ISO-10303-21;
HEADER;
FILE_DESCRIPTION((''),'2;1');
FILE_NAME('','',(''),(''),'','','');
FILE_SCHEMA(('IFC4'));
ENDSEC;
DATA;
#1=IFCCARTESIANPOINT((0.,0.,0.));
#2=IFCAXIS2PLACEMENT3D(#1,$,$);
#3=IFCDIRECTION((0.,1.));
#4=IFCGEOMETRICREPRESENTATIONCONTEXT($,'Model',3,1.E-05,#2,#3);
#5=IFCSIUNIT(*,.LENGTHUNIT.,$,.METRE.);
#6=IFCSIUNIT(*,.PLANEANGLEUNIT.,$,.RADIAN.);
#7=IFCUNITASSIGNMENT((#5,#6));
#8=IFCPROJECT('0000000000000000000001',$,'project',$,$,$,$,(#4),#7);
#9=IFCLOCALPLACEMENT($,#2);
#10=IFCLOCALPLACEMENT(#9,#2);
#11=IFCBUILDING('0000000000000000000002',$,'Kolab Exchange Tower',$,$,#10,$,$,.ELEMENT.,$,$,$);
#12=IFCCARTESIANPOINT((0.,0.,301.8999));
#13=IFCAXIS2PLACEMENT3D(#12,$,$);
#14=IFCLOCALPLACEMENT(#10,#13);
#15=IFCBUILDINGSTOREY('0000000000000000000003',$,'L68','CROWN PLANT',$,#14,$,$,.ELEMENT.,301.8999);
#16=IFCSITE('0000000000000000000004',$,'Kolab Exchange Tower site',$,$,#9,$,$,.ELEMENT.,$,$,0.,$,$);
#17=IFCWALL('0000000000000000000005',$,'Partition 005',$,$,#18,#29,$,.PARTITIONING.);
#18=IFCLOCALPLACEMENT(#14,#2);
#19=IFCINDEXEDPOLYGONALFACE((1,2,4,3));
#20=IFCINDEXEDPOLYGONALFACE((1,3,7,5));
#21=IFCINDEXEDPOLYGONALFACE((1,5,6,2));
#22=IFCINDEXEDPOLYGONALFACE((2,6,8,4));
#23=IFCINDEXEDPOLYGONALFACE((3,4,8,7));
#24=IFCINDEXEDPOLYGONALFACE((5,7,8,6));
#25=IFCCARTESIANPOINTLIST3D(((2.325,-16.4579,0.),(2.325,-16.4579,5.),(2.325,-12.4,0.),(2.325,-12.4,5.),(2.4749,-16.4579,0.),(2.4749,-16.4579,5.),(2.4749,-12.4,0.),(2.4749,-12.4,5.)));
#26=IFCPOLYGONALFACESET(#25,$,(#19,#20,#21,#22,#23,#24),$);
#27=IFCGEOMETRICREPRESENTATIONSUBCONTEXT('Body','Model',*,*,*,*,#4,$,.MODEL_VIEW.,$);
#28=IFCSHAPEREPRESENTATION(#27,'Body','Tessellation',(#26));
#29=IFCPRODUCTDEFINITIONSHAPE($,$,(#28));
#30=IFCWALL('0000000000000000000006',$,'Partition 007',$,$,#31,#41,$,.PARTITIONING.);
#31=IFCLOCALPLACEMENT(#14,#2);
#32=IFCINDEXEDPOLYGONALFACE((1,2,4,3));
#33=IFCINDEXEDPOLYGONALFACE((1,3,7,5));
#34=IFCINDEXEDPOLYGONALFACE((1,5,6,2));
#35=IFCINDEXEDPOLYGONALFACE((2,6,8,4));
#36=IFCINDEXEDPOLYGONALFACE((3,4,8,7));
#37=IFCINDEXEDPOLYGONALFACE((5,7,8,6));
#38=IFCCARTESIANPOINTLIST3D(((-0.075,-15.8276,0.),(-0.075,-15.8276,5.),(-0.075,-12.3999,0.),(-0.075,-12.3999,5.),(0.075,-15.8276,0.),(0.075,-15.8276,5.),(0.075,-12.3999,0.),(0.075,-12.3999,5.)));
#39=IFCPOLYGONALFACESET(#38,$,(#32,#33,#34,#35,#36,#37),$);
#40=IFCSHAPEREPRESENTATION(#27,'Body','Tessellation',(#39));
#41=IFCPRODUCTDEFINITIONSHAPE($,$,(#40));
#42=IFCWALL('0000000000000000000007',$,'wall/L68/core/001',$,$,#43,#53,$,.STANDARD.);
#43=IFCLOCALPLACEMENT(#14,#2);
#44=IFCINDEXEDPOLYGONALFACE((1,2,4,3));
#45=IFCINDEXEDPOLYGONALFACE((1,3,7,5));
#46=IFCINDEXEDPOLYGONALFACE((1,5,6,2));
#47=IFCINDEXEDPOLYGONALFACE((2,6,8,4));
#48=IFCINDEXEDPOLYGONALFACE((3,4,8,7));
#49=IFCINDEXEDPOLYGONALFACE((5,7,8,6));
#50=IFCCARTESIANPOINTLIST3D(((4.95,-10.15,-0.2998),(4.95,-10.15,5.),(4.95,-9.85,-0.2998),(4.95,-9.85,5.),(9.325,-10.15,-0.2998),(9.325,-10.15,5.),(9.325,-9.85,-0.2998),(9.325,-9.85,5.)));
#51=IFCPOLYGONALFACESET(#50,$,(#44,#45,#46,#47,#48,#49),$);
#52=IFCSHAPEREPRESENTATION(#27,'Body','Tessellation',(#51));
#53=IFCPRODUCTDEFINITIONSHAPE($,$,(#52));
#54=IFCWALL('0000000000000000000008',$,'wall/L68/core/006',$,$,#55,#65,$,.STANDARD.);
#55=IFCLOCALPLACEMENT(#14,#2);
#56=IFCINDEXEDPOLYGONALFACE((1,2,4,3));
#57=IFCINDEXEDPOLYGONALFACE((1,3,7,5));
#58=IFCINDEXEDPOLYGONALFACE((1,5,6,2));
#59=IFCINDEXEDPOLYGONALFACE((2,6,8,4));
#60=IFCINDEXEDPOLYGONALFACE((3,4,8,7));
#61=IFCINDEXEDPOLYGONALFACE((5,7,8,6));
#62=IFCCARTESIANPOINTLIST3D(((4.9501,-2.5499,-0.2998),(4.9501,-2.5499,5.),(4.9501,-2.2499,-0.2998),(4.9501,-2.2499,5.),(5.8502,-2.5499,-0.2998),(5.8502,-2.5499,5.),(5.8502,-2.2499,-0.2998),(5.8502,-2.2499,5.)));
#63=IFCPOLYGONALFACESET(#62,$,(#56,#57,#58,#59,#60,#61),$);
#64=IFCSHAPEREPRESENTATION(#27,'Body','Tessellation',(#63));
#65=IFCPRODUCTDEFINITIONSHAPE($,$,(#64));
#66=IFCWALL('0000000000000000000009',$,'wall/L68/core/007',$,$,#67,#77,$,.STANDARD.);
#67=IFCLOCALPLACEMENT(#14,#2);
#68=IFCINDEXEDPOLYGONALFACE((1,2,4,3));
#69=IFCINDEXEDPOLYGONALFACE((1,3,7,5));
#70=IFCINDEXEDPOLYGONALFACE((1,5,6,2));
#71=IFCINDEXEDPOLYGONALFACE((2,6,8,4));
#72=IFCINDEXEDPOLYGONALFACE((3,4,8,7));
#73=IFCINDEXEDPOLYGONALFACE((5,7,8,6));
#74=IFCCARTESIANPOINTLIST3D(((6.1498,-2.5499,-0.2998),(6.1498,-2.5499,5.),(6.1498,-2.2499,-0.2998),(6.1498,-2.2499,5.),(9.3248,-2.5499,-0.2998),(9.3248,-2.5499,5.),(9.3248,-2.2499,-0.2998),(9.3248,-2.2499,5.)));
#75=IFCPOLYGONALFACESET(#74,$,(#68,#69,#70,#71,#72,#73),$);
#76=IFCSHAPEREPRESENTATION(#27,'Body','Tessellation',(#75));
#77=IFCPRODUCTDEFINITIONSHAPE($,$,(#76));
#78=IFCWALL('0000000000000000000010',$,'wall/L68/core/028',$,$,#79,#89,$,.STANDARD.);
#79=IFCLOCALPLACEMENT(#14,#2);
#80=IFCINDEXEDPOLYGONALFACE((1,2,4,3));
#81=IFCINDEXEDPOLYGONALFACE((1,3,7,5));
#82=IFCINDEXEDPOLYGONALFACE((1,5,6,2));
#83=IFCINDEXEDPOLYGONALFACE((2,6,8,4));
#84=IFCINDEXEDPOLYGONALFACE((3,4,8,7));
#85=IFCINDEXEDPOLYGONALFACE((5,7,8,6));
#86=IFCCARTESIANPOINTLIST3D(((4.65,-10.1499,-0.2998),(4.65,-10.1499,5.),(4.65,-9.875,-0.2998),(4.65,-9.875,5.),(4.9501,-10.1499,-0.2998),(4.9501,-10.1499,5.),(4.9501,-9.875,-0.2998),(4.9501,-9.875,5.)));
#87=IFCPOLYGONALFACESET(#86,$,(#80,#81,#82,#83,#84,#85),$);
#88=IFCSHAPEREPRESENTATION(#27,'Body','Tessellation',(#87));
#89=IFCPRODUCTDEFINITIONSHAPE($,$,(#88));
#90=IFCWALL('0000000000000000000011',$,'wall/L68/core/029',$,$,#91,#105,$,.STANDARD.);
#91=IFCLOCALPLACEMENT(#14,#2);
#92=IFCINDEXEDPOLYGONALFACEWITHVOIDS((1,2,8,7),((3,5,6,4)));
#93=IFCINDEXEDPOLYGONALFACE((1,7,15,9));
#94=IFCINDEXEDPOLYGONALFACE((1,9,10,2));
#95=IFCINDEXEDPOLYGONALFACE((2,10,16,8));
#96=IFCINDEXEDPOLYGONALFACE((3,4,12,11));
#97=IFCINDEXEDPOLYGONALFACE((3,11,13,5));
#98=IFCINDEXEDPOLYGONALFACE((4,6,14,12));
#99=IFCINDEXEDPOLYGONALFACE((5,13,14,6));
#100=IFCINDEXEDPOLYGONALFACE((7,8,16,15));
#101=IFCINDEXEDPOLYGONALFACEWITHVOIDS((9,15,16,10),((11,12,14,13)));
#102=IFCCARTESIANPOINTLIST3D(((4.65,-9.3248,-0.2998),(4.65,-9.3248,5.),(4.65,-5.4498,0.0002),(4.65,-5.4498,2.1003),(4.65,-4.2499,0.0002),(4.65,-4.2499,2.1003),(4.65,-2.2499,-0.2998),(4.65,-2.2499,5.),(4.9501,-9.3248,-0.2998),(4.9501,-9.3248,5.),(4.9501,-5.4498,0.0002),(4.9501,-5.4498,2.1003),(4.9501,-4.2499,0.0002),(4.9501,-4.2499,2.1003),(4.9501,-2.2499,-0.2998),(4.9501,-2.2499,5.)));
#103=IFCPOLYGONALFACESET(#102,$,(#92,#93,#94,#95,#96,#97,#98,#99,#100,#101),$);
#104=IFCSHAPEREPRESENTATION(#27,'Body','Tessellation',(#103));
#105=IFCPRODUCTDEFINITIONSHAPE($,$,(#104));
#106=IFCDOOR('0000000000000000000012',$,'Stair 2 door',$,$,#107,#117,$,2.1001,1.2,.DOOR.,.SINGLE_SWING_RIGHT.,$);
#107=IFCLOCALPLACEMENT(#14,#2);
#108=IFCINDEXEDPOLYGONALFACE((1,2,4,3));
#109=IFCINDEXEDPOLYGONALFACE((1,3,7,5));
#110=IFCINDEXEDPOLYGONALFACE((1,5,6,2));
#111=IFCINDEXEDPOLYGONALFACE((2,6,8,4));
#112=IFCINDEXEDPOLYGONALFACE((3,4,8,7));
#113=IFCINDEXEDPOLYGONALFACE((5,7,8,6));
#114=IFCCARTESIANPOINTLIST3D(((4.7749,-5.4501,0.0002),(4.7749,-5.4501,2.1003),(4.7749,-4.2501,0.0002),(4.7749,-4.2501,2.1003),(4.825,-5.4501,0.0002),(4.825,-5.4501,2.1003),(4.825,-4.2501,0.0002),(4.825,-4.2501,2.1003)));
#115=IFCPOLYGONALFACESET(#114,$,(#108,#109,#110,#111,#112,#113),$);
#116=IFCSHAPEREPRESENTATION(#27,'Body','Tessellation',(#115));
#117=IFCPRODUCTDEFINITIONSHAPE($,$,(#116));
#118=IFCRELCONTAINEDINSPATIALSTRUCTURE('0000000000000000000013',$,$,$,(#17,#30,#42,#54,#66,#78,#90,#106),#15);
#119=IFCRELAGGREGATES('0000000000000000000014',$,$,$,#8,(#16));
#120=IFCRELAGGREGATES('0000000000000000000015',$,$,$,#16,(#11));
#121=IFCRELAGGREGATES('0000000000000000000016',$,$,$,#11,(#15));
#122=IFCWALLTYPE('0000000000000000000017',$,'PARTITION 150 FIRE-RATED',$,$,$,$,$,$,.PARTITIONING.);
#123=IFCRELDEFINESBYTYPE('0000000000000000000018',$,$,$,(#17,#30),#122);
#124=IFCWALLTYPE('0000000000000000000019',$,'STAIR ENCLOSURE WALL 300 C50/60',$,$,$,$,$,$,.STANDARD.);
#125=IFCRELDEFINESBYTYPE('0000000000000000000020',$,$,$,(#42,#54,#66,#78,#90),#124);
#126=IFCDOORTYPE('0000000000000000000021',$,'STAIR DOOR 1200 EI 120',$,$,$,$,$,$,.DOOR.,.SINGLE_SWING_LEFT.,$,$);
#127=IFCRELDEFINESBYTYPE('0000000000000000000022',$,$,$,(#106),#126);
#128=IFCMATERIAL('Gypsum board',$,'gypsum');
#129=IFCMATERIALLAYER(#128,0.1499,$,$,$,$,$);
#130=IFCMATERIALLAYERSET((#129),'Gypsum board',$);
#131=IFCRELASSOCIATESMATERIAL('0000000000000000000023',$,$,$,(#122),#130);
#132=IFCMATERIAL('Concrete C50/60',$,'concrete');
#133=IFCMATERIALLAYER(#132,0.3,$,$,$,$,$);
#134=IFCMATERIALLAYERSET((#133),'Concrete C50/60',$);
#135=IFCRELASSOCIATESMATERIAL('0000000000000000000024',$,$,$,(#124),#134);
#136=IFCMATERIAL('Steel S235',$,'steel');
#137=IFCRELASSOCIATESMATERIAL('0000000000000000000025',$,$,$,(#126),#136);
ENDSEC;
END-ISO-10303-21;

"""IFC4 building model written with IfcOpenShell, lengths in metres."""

from ifc_helpers import new_model, si_unit, direction, frame, frame_2d, origin, place, context, subcontext, project, spatial, rectangle, extrude, material, layer, layer_set, type_object, element, fill, save


model = new_model("IFC4")

# Units and contexts
model_context = context("Model", 3, precision=1e-05, world=origin(), true_north=direction((0.0, 1.0)))
body_context = subcontext(model_context, "Body", "Model", "MODEL_VIEW")
ifc_project = project(units=[si_unit("LENGTHUNIT", "METRE"), si_unit("PLANEANGLEUNIT", "RADIAN")], contexts=[model_context])

# Site, building, storey
site_placement = place(None, origin())
site = spatial("IfcSite", under=ifc_project, at=site_placement, Name="Kolab Exchange Tower site", CompositionType="ELEMENT", RefElevation=0.0)
building_placement = place(site_placement, origin())
building = spatial("IfcBuilding", under=site, at=building_placement, Name="Kolab Exchange Tower", CompositionType="ELEMENT")
storey_placement = place(building_placement, frame((0.0, 0.0, 301.8999)))
storey = spatial("IfcBuildingStorey", under=building, at=storey_placement, Name="L68", Description="CROWN PLANT", CompositionType="ELEMENT", Elevation=301.8999)

# Shared definitions
ifc_material_1 = material(Name="Concrete C50/60", Category="concrete")

# Walls
ifc_material_2 = material(Name="Gypsum board", Category="gypsum")
ifc_layer_1 = layer(ifc_material_2, 0.1499)
ifc_layer_set_1 = layer_set([ifc_layer_1], Name="Gypsum board")
wall_type_1 = type_object("IfcWallType", Name="PARTITION 150 FIRE-RATED", PredefinedType="PARTITIONING", material=ifc_layer_set_1)
wall_1_placement = place(storey_placement, frame((2.3999, -16.4578, 0.0), z_axis=(0.0, 0.0, 1.0), x_axis=(0.0, 1.0, 0.0)))
element("IfcWall", 1, at=wall_1_placement, inside=storey, type_object=wall_type_1, Name="Partition 005", PredefinedType="PARTITIONING", context=body_context, shape_type="SweptSolid", body=[
    extrude(rectangle(XDim=4.0579, YDim=0.1499, at=frame_2d((2.0288, 0.0))), origin(), (0.0, 0.0, 1.0), 5.0),
])
wall_2_placement = place(storey_placement, frame((0.0, -15.8276, 0.0), z_axis=(0.0, 0.0, 1.0), x_axis=(0.0, 1.0, 0.0)))
element("IfcWall", 2, at=wall_2_placement, inside=storey, type_object=wall_type_1, Name="Partition 007", PredefinedType="PARTITIONING", context=body_context, shape_type="SweptSolid", body=[
    extrude(rectangle(XDim=3.4277, YDim=0.1499, at=frame_2d((1.7139, 0.0))), origin(), (0.0, 0.0, 1.0), 5.0),
])
ifc_layer_2 = layer(ifc_material_1, 0.3)
ifc_layer_set_2 = layer_set([ifc_layer_2], Name="Concrete C50/60")
wall_type_2 = type_object("IfcWallType", Name="STAIR ENCLOSURE WALL 300 C50/60", PredefinedType="STANDARD", material=ifc_layer_set_2)
wall_3_placement = place(storey_placement, frame((4.95, -10.0, -0.2998), z_axis=(0.0, 0.0, 1.0), x_axis=(1.0, 0.0, 0.0)))
element("IfcWall", 3, at=wall_3_placement, inside=storey, type_object=wall_type_2, Name="wall/L68/core/001", PredefinedType="STANDARD", context=body_context, shape_type="SweptSolid", body=[
    extrude(rectangle(XDim=4.375, YDim=0.3, at=frame_2d((2.1875, 0.0))), origin(), (0.0, 0.0, 1.0), 5.2998),
])
wall_4_placement = place(storey_placement, frame((4.95, -2.3999, -0.2998), z_axis=(0.0, 0.0, 1.0), x_axis=(1.0, 0.0, 0.0)))
element("IfcWall", 4, at=wall_4_placement, inside=storey, type_object=wall_type_2, Name="wall/L68/core/006", PredefinedType="STANDARD", context=body_context, shape_type="SweptSolid", body=[
    extrude(rectangle(XDim=0.9001, YDim=0.3, at=frame_2d((0.4502, 0.0))), origin(), (0.0, 0.0, 1.0), 5.2998),
])
wall_5_placement = place(storey_placement, frame((6.1499, -2.3999, -0.2998), z_axis=(0.0, 0.0, 1.0), x_axis=(1.0, 0.0, 0.0)))
element("IfcWall", 5, at=wall_5_placement, inside=storey, type_object=wall_type_2, Name="wall/L68/core/007", PredefinedType="STANDARD", context=body_context, shape_type="SweptSolid", body=[
    extrude(rectangle(XDim=3.175, YDim=0.3, at=frame_2d((1.5874, 0.0))), origin(), (0.0, 0.0, 1.0), 5.2998),
])
wall_6_placement = place(storey_placement, frame((4.8, -10.1499, -0.2998), z_axis=(0.0, 0.0, 1.0), x_axis=(0.0, 1.0, 0.0)))
element("IfcWall", 6, at=wall_6_placement, inside=storey, type_object=wall_type_2, Name="wall/L68/core/028", PredefinedType="STANDARD", context=body_context, shape_type="SweptSolid", body=[
    extrude(rectangle(XDim=0.2749, YDim=0.3, at=frame_2d((0.1375, 0.0))), origin(), (0.0, 0.0, 1.0), 5.2998),
])

# Wall, opening, door
wall_7_placement = place(storey_placement, frame((4.8, -9.325, -0.2998), z_axis=(0.0, 0.0, 1.0), x_axis=(0.0, 1.0, 0.0)))
wall_7 = element("IfcWall", 7, at=wall_7_placement, inside=storey, type_object=wall_type_2, Name="wall/L68/core/029", PredefinedType="STANDARD", context=body_context, shape_type="SweptSolid", body=[
    extrude(rectangle(XDim=7.075, YDim=0.3, at=frame_2d((3.5376, 0.0))), origin(), (0.0, 0.0, 1.0), 5.2998),
])
opening_1_placement = place(wall_7_placement, frame((3.875, 0.0, 0.3)))
opening_1 = element("IfcOpeningElement", 8, at=opening_1_placement, cuts=wall_7, PredefinedType="OPENING", context=body_context, shape_type="SweptSolid", body=[
    extrude(rectangle(XDim=1.2, YDim=2.1001, at=frame_2d((0.6001, 1.05))), frame((0.0, 0.1602, 0.0), z_axis=(0.0, -1.0, 0.0), x_axis=(1.0, 0.0, 0.0)), (0.0, 0.0, 1.0), 0.3201),
])
ifc_material_3 = material(Name="Steel S235", Category="steel")
door_type_1 = type_object("IfcDoorType", Name="STAIR DOOR 1200 EI 120", OperationType="SINGLE_SWING_LEFT", PredefinedType="DOOR", material=ifc_material_3)
door_1_placement = place(opening_1_placement, frame((1.2, 0.0, 0.0), z_axis=(0.0, 0.0, 1.0), x_axis=(-1.0, 0.0, 0.0)))
door_1 = element("IfcDoor", 9, at=door_1_placement, inside=storey, type_object=door_type_1, Name="Stair 2 door", OperationType="SINGLE_SWING_RIGHT", OverallHeight=2.1001, OverallWidth=1.2, PredefinedType="DOOR", context=body_context, shape_type="SweptSolid", body=[
    extrude(rectangle(XDim=1.2, YDim=2.1001, at=frame_2d((0.6001, 1.05))), frame((0.0, 0.0249, 0.0), z_axis=(0.0, -1.0, 0.0), x_axis=(1.0, 0.0, 0.0)), (0.0, 0.0, 1.0), 0.05),
])
fill(opening_1, door_1)

save(model, "model.ifc")
